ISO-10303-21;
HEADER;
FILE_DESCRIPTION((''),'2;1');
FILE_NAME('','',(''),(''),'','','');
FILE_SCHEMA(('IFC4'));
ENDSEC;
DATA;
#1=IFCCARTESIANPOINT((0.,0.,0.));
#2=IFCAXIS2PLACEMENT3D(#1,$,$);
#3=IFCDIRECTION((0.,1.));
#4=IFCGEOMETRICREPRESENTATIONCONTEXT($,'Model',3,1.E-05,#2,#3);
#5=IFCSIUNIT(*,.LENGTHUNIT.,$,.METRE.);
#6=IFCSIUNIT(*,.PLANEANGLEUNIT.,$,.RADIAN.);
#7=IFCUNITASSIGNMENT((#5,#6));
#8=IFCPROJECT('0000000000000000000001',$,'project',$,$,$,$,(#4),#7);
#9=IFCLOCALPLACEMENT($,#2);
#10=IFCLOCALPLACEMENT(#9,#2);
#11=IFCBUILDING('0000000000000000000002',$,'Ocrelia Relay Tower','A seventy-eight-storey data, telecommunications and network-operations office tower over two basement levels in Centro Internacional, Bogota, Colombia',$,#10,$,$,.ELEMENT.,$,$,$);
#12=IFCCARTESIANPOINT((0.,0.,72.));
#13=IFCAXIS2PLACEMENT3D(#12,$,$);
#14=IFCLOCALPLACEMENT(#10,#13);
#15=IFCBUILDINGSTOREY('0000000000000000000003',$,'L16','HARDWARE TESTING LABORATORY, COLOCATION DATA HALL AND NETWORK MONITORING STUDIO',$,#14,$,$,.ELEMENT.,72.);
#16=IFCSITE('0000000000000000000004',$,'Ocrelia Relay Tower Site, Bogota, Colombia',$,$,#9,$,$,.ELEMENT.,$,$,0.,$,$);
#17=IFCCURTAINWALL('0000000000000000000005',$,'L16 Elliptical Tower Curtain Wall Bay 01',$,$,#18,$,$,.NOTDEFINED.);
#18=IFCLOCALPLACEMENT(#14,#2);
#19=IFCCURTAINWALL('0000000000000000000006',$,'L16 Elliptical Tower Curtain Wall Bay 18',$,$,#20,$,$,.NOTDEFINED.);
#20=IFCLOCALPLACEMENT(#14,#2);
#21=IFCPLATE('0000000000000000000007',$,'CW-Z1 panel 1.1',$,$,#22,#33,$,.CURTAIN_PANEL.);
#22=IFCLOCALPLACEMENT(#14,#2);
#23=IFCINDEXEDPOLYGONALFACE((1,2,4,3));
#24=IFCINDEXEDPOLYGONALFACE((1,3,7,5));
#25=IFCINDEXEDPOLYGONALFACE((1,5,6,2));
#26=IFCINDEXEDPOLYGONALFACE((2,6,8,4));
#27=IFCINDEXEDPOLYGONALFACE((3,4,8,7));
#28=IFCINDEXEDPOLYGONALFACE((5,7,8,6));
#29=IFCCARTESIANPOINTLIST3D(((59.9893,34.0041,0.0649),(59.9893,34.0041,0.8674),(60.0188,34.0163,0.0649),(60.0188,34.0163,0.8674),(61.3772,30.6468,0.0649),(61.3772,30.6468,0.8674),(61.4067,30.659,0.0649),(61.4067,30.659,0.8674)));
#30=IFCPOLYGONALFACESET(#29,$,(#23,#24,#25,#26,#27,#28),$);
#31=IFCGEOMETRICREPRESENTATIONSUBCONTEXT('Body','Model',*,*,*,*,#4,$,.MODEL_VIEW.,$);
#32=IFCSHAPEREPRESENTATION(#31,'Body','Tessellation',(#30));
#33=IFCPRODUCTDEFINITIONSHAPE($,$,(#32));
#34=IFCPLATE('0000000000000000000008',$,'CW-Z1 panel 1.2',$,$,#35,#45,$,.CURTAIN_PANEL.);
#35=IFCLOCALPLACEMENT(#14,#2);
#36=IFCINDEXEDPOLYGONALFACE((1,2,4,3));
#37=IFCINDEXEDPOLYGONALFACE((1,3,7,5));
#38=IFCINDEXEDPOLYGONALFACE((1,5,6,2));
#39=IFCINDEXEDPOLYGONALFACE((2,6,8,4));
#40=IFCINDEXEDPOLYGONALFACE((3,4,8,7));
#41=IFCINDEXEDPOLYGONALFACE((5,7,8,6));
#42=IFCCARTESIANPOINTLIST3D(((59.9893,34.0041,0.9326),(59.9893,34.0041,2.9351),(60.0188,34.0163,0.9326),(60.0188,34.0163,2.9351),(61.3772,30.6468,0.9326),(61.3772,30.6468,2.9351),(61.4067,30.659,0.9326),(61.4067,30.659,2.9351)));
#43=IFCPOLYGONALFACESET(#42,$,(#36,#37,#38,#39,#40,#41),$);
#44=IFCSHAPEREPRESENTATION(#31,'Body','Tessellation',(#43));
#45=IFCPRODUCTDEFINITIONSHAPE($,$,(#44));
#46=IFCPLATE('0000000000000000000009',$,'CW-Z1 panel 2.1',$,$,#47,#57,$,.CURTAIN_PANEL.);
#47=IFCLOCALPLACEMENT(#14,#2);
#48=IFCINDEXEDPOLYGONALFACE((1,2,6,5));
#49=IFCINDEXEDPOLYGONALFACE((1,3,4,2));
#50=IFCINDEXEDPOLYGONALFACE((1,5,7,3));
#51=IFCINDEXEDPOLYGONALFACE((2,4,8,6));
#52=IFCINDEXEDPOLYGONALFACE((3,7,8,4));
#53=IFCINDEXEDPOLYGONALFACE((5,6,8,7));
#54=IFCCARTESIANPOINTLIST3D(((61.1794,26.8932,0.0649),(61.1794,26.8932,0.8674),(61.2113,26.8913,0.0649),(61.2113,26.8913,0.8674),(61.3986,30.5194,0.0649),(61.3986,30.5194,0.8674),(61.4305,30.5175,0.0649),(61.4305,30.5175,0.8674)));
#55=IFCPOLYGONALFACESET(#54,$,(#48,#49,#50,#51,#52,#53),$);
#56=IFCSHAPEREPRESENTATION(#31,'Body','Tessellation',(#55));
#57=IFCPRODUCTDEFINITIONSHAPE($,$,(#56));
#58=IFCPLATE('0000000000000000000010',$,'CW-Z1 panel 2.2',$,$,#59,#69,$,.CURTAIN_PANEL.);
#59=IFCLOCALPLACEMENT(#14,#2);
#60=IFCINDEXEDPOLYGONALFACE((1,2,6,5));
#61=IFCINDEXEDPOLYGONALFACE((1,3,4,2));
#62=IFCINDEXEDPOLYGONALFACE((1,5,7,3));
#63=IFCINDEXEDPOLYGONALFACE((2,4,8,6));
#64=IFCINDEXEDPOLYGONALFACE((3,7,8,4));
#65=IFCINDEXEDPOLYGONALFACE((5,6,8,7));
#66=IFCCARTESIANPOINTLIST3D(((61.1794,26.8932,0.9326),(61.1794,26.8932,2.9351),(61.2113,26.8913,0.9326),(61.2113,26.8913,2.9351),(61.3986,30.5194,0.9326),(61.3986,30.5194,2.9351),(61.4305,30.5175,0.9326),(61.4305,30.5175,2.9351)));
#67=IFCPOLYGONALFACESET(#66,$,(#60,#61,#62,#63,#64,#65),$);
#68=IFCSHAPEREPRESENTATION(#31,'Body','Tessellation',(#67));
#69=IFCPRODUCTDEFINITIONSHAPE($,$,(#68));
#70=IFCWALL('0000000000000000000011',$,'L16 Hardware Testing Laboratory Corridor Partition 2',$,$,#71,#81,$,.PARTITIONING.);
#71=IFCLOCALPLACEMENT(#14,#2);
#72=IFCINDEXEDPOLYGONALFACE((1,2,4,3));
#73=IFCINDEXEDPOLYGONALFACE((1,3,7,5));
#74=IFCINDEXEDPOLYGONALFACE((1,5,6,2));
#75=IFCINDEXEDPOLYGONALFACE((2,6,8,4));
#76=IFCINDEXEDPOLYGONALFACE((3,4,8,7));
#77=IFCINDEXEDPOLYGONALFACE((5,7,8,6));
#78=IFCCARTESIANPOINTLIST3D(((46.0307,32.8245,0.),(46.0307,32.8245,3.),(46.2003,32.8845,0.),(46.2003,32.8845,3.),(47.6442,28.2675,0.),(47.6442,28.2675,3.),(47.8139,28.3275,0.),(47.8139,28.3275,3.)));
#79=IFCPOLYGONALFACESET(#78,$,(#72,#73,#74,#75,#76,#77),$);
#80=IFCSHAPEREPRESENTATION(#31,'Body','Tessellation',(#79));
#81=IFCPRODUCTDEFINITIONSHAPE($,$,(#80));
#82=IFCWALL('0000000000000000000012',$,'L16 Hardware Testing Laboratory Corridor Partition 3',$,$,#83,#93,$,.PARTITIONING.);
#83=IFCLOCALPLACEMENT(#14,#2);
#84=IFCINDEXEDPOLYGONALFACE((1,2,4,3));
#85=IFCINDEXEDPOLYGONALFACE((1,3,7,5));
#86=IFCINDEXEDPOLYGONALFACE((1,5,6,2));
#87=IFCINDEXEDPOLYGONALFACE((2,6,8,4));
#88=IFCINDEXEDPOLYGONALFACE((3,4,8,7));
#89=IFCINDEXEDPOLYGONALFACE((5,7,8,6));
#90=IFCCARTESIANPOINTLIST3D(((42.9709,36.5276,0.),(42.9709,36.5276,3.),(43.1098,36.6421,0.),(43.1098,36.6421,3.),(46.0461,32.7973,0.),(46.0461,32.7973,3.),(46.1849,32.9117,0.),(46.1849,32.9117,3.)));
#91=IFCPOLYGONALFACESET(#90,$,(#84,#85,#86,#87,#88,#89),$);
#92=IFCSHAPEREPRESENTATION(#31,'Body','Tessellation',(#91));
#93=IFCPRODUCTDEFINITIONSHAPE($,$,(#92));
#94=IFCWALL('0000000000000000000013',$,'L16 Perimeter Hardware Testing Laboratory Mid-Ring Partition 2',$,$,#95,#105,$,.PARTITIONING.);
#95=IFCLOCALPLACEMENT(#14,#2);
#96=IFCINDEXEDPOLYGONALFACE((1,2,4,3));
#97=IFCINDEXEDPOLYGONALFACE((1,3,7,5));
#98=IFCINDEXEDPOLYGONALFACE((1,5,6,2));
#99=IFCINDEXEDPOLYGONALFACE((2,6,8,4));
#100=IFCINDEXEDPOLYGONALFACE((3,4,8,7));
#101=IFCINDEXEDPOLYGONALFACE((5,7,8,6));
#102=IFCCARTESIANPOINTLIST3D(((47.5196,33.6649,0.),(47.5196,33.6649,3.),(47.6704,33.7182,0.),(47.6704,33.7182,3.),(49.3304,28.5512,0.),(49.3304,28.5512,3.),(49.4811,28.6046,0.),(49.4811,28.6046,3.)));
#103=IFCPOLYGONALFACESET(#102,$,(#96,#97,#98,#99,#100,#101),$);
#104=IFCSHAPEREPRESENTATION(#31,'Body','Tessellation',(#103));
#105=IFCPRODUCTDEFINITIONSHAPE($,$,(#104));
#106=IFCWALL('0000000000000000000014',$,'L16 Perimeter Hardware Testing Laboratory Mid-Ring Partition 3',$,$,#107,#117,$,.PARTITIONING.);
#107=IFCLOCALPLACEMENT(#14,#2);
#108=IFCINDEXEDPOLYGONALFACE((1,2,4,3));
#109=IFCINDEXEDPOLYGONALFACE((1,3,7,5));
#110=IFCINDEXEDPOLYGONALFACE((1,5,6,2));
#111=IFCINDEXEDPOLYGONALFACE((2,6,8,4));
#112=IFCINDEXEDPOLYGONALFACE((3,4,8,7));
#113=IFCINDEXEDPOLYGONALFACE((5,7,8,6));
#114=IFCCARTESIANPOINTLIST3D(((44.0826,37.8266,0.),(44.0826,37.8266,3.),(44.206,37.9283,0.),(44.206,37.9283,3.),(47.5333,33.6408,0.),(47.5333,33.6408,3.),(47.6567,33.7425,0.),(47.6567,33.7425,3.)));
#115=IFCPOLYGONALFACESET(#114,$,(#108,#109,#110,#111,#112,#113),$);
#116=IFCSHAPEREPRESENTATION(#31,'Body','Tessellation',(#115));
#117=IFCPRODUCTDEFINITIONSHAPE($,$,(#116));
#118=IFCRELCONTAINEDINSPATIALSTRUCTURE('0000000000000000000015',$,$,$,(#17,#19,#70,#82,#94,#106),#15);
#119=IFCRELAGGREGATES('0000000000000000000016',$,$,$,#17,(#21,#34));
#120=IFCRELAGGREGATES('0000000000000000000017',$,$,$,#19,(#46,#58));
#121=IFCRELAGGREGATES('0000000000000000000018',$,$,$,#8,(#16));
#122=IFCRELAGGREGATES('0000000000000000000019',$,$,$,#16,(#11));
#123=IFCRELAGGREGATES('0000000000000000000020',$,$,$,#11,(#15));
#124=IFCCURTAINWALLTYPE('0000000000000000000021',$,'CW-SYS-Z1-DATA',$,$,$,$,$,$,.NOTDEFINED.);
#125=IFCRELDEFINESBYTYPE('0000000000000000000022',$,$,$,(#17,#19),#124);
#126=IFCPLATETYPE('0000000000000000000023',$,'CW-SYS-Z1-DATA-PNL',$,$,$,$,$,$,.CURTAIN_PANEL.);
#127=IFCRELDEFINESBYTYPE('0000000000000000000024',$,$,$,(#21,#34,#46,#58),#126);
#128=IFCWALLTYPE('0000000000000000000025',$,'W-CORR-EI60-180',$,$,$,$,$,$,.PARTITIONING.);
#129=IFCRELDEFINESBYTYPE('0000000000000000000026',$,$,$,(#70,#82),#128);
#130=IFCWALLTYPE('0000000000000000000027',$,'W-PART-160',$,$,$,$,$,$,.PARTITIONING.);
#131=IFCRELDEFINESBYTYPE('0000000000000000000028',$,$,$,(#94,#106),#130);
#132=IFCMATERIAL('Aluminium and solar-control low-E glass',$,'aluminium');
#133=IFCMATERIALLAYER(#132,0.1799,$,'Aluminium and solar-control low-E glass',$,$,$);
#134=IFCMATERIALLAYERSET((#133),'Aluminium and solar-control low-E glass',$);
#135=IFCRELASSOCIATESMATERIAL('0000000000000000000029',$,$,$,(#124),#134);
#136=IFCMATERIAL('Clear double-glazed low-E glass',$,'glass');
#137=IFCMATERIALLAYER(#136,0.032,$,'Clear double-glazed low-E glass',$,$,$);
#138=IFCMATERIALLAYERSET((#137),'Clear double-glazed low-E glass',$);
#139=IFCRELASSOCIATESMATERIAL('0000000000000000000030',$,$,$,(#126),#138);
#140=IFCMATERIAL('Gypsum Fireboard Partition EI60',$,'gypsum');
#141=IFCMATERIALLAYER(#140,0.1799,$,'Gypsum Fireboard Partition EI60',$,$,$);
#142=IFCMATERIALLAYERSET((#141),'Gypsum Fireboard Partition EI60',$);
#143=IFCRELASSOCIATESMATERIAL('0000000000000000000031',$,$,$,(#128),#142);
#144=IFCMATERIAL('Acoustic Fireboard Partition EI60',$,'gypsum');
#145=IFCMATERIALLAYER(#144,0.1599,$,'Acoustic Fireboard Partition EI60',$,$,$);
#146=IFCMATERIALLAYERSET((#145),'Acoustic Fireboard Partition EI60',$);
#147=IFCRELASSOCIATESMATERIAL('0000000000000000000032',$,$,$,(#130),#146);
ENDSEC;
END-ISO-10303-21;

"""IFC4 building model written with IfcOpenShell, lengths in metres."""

from ifc_helpers import new_model, si_unit, direction, frame, frame_2d, origin, origin_2d, place, context, subcontext, project, spatial, rectangle, extrude, material, layer, layer_set, type_object, element, aggregate, save


model = new_model("IFC4")

# Units and contexts
model_context = context("Model", 3, precision=1e-05, world=origin(), true_north=direction((0.0, 1.0)))
body_context = subcontext(model_context, "Body", "Model", "MODEL_VIEW")
ifc_project = project(units=[si_unit("LENGTHUNIT", "METRE"), si_unit("PLANEANGLEUNIT", "RADIAN")], contexts=[model_context])

# Site, building, storey
site_placement = place(None, origin())
site = spatial("IfcSite", under=ifc_project, at=site_placement, Name="Ocrelia Relay Tower Site, Bogota, Colombia", CompositionType="ELEMENT", RefElevation=0.0)
building_placement = place(site_placement, origin())
building = spatial("IfcBuilding", under=site, at=building_placement, Name="Ocrelia Relay Tower", Description="A seventy-eight-storey data, telecommunications and network-operations office tower over two basement levels in Centro Internacional, Bogota, Colombia", CompositionType="ELEMENT")
storey_placement = place(building_placement, frame((0.0, 0.0, 72.0)))
storey = spatial("IfcBuildingStorey", under=building, at=storey_placement, Name="L16", Description="HARDWARE TESTING LABORATORY, COLOCATION DATA HALL AND NETWORK MONITORING STUDIO", CompositionType="ELEMENT", Elevation=72.0)

# Curtain wall
ifc_material_1 = material(Name="Aluminium and solar-control low-E glass", Category="aluminium")
ifc_layer_1 = layer(ifc_material_1, 0.1799, Name="Aluminium and solar-control low-E glass")
ifc_layer_set_1 = layer_set([ifc_layer_1], Name="Aluminium and solar-control low-E glass")
curtain_wall_type = type_object("IfcCurtainWallType", Name="CW-SYS-Z1-DATA", PredefinedType="NOTDEFINED", material=ifc_layer_set_1)
curtain_wall_1_placement = place(storey_placement, origin())
curtain_wall_1 = element("IfcCurtainWall", 1, at=curtain_wall_1_placement, inside=storey, type_object=curtain_wall_type, Name="L16 Elliptical Tower Curtain Wall Bay 01", PredefinedType="NOTDEFINED")

# Curtain wall
curtain_wall_2_placement = place(storey_placement, origin())
curtain_wall_2 = element("IfcCurtainWall", 2, at=curtain_wall_2_placement, inside=storey, type_object=curtain_wall_type, Name="L16 Elliptical Tower Curtain Wall Bay 18", PredefinedType="NOTDEFINED")

# Plates
ifc_material_2 = material(Name="Clear double-glazed low-E glass", Category="glass")
ifc_layer_2 = layer(ifc_material_2, 0.032, Name="Clear double-glazed low-E glass")
ifc_layer_set_2 = layer_set([ifc_layer_2], Name="Clear double-glazed low-E glass")
plate_type = type_object("IfcPlateType", Name="CW-SYS-Z1-DATA-PNL", PredefinedType="CURTAIN_PANEL", material=ifc_layer_set_2)
plate_1_placement = place(storey_placement, frame((60.698, 32.3315, 0.0649), z_axis=(0.0, 0.0, 1.0), x_axis=(-0.382038, 0.924147, 0.0)))
plate_1 = element("IfcPlate", 3, at=plate_1_placement, type_object=plate_type, Name="CW-Z1 panel 1.1", PredefinedType="CURTAIN_PANEL", context=body_context, shape_type="SweptSolid", body=[
    extrude(rectangle(XDim=3.6328, YDim=0.032, at=origin_2d()), origin(), (0.0, 0.0, 1.0), 0.8025),
])
plate_2_placement = place(storey_placement, frame((60.698, 32.3315, 0.9326), z_axis=(0.0, 0.0, 1.0), x_axis=(-0.382038, 0.924147, 0.0)))
plate_2 = element("IfcPlate", 4, at=plate_2_placement, type_object=plate_type, Name="CW-Z1 panel 1.2", PredefinedType="CURTAIN_PANEL", context=body_context, shape_type="SweptSolid", body=[
    extrude(rectangle(XDim=3.6328, YDim=0.032, at=origin_2d()), origin(), (0.0, 0.0, 1.0), 2.0024),
])
aggregate(curtain_wall_1, [plate_1, plate_2])
plate_3_placement = place(storey_placement, frame((61.3049, 28.7053, 0.0649), z_axis=(0.0, 0.0, 1.0), x_axis=(0.060344, 0.998178, 0.0)))
plate_3 = element("IfcPlate", 5, at=plate_3_placement, type_object=plate_type, Name="CW-Z1 panel 2.1", PredefinedType="CURTAIN_PANEL", context=body_context, shape_type="SweptSolid", body=[
    extrude(rectangle(XDim=3.6328, YDim=0.032, at=origin_2d()), origin(), (0.0, 0.0, 1.0), 0.8025),
])
plate_4_placement = place(storey_placement, frame((61.3049, 28.7053, 0.9326), z_axis=(0.0, 0.0, 1.0), x_axis=(0.060344, 0.998178, 0.0)))
plate_4 = element("IfcPlate", 6, at=plate_4_placement, type_object=plate_type, Name="CW-Z1 panel 2.2", PredefinedType="CURTAIN_PANEL", context=body_context, shape_type="SweptSolid", body=[
    extrude(rectangle(XDim=3.6328, YDim=0.032, at=origin_2d()), origin(), (0.0, 0.0, 1.0), 2.0024),
])
aggregate(curtain_wall_2, [plate_3, plate_4])

# Walls
ifc_material_3 = material(Name="Gypsum Fireboard Partition EI60", Category="gypsum")
ifc_layer_3 = layer(ifc_material_3, 0.1799, Name="Gypsum Fireboard Partition EI60")
ifc_layer_set_3 = layer_set([ifc_layer_3], Name="Gypsum Fireboard Partition EI60")
wall_type_1 = type_object("IfcWallType", Name="W-CORR-EI60-180", PredefinedType="PARTITIONING", material=ifc_layer_set_3)
wall_1_placement = place(storey_placement, frame((47.729, 28.2976, 0.0), z_axis=(0.0, 0.0, 1.0), x_axis=(-0.333779, 0.942651, 0.0)))
element("IfcWall", 7, at=wall_1_placement, inside=storey, type_object=wall_type_1, Name="L16 Hardware Testing Laboratory Corridor Partition 2", PredefinedType="PARTITIONING", context=body_context, shape_type="SweptSolid", body=[
    extrude(rectangle(XDim=4.8342, YDim=0.1799, at=frame_2d((2.417, 0.0))), origin(), (0.0, 0.0, 1.0), 3.0),
])
wall_2_placement = place(storey_placement, frame((46.1155, 32.8545, 0.0), z_axis=(0.0, 0.0, 1.0), x_axis=(-0.636082, 0.771621, 0.0)))
element("IfcWall", 8, at=wall_2_placement, inside=storey, type_object=wall_type_1, Name="L16 Hardware Testing Laboratory Corridor Partition 3", PredefinedType="PARTITIONING", context=body_context, shape_type="SweptSolid", body=[
    extrude(rectangle(XDim=4.8345, YDim=0.1799, at=frame_2d((2.4172, 0.0))), origin(), (0.0, 0.0, 1.0), 3.0),
])
ifc_material_4 = material(Name="Acoustic Fireboard Partition EI60", Category="gypsum")
ifc_layer_4 = layer(ifc_material_4, 0.1599, Name="Acoustic Fireboard Partition EI60")
ifc_layer_set_4 = layer_set([ifc_layer_4], Name="Acoustic Fireboard Partition EI60")
wall_type_2 = type_object("IfcWallType", Name="W-PART-160", PredefinedType="PARTITIONING", material=ifc_layer_set_4)
for number, where, z_axis, x_axis, name in (
    (9, (49.4058, 28.5779, 0.0), (0.0, 0.0, 1.0), (-0.333792, 0.942647, 0.0), "L16 Perimeter Hardware Testing Laboratory Mid-Ring Partition 2"),
    (10, (47.595, 33.6917, 0.0), (0.0, 0.0, 1.0), (-0.636098, 0.771608, 0.0), "L16 Perimeter Hardware Testing Laboratory Mid-Ring Partition 3"),
):
    element("IfcWall", number, at=place(storey_placement, frame(where, z_axis=z_axis, x_axis=x_axis)), inside=storey, type_object=wall_type_2, Name=name, PredefinedType="PARTITIONING", context=body_context, shape_type="SweptSolid", body=[
        extrude(rectangle(XDim=5.4248, YDim=0.1599, at=frame_2d((2.7124, 0.0))), origin(), (0.0, 0.0, 1.0), 3.0),
    ])

save(model, "model.ifc")
